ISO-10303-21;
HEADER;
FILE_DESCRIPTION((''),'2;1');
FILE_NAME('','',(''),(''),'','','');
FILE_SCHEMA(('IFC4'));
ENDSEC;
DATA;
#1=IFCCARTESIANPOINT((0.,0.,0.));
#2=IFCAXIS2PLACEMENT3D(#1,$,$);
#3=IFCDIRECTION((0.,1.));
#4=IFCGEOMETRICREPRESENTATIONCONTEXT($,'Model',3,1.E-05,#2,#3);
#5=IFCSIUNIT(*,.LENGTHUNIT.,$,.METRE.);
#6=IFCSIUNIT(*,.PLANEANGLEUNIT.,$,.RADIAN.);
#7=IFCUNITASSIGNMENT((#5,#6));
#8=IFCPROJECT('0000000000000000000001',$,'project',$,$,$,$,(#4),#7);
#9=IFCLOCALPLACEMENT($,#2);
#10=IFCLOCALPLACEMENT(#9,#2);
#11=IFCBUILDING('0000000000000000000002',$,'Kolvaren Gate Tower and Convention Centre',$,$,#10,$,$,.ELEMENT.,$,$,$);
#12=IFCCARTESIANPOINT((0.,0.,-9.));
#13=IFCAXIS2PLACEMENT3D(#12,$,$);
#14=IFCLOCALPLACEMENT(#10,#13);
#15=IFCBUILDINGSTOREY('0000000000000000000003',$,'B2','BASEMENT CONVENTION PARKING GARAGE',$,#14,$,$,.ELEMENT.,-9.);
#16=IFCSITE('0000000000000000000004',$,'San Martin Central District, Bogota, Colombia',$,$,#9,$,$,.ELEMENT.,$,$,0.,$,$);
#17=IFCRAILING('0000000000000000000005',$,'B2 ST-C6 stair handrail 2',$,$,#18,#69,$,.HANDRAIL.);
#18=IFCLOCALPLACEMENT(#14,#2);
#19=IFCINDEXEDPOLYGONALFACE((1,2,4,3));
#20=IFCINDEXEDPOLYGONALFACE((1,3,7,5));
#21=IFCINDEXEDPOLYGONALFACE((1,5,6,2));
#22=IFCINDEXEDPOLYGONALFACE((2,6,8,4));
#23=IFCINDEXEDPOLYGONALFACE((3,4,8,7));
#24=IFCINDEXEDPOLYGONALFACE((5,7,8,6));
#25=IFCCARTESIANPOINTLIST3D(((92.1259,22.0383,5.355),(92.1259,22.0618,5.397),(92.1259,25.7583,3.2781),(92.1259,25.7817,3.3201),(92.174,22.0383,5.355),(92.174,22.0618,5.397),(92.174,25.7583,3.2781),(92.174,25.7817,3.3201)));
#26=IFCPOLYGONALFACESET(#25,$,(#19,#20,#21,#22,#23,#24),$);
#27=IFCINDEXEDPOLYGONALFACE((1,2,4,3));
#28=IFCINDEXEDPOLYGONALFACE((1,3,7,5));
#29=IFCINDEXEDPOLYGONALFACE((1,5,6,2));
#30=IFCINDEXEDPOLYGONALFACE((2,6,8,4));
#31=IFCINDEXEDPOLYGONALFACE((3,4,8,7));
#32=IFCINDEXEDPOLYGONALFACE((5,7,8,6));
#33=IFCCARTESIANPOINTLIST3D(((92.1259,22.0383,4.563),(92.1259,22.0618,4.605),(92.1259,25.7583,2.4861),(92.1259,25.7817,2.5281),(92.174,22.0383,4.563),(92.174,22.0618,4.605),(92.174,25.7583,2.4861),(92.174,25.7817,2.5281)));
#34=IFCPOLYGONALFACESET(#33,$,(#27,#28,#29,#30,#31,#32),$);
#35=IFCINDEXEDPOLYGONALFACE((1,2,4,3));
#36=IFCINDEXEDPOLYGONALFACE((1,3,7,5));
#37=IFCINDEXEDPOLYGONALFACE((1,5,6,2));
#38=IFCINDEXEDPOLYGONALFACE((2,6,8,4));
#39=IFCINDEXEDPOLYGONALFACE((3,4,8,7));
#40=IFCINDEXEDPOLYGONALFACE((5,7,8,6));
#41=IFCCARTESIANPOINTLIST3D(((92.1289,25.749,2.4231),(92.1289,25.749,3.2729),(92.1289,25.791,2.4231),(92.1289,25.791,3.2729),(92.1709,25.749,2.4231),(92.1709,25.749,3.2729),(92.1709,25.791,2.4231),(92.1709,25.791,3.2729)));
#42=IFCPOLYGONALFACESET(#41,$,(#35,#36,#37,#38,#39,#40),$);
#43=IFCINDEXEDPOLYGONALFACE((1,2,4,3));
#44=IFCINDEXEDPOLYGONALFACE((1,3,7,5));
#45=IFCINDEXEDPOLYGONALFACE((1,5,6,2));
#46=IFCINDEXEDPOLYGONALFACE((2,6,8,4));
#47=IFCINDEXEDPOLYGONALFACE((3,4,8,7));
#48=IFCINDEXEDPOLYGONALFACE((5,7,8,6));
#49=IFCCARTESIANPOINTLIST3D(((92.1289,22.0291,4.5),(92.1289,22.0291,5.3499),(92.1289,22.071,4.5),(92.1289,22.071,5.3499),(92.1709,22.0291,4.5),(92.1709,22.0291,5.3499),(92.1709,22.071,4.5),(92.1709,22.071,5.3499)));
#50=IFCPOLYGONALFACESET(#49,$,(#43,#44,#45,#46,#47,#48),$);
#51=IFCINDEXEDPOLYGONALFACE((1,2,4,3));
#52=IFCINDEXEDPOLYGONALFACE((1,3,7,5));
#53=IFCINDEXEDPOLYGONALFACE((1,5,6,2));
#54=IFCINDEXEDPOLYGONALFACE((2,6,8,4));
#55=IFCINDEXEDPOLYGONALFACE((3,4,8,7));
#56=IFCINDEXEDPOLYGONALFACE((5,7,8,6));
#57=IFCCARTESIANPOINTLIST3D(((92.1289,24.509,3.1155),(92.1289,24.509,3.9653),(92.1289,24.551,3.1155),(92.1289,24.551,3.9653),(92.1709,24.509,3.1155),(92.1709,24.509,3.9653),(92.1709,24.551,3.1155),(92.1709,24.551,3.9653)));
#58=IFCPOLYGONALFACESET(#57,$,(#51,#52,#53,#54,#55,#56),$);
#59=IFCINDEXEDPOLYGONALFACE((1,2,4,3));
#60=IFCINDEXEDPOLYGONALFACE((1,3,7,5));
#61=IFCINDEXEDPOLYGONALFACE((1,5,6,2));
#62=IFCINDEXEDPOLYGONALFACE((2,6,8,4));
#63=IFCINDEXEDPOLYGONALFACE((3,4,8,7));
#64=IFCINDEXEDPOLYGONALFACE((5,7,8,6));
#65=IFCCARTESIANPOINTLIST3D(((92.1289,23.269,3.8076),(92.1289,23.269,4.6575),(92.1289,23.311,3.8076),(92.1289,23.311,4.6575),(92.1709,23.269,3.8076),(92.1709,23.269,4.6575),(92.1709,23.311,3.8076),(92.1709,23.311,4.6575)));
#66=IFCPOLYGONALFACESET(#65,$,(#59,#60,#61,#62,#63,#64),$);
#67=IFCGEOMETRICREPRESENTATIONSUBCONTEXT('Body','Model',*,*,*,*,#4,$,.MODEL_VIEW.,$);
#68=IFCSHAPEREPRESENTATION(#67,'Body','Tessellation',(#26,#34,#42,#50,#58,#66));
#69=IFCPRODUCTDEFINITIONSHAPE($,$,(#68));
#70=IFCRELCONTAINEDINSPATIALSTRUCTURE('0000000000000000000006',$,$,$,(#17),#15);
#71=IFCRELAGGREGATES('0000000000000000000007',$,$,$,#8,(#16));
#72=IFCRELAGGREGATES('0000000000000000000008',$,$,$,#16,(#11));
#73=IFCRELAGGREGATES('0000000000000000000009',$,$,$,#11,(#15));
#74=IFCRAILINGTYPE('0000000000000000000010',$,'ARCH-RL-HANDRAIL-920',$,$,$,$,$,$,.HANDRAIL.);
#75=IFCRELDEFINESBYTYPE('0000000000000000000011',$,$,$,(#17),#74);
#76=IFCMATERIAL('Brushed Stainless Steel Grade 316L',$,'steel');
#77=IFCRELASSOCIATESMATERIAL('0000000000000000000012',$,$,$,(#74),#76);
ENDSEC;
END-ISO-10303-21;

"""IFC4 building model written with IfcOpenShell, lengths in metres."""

from ifc_helpers import new_model, si_unit, direction, frame, origin, origin_2d, place, context, subcontext, project, spatial, rectangle, extrude, material, type_object, element, save


model = new_model("IFC4")

# Units and contexts
model_context = context("Model", 3, precision=1e-05, world=origin(), true_north=direction((0.0, 1.0)))
body_context = subcontext(model_context, "Body", "Model", "MODEL_VIEW")
ifc_project = project(units=[si_unit("LENGTHUNIT", "METRE"), si_unit("PLANEANGLEUNIT", "RADIAN")], contexts=[model_context])

# Site, building, storey
site_placement = place(None, origin())
site = spatial("IfcSite", under=ifc_project, at=site_placement, Name="San Martin Central District, Bogota, Colombia", CompositionType="ELEMENT", RefElevation=0.0)
building_placement = place(site_placement, origin())
building = spatial("IfcBuilding", under=site, at=building_placement, Name="Kolvaren Gate Tower and Convention Centre", CompositionType="ELEMENT")
storey_placement = place(building_placement, frame((0.0, 0.0, -9.0)))
storey = spatial("IfcBuildingStorey", under=building, at=storey_placement, Name="B2", Description="BASEMENT CONVENTION PARKING GARAGE", CompositionType="ELEMENT", Elevation=-9.0)

# Railing
ifc_material_1 = material(Name="Brushed Stainless Steel Grade 316L", Category="steel")
railing_type_1 = type_object("IfcRailingType", Name="ARCH-RL-HANDRAIL-920", PredefinedType="HANDRAIL", material=ifc_material_1)
for number, where, name in (
    (1, (92.1499, 25.77, 2.4231), "B2 ST-C6 stair handrail 2"),
):
    element("IfcRailing", number, at=place(storey_placement, frame(where)), inside=storey, type_object=railing_type_1, Name=name, PredefinedType="HANDRAIL", context=body_context, shape_type="SweptSolid", body=[
        extrude(rectangle(XDim=0.0481, YDim=0.0481, at=origin_2d()), frame((0.0, 0.0, 0.876), z_axis=(0.0, -0.873134, 0.487481), x_axis=(1.0, 0.0, 0.0)), (0.0, 0.0, 1.0), 4.2605),
        extrude(rectangle(XDim=0.0481, YDim=0.0481, at=origin_2d()), frame((0.0, 0.0, 0.084), z_axis=(0.0, -0.873134, 0.487481), x_axis=(1.0, 0.0, 0.0)), (0.0, 0.0, 1.0), 4.2605),
        extrude(rectangle(XDim=0.042, YDim=0.042, at=origin_2d()), origin(), (0.0, 0.0, 1.0), 0.8499),
        extrude(rectangle(XDim=0.042, YDim=0.042, at=origin_2d()), frame((0.0, -3.72, 2.0769)), (0.0, 0.0, 1.0), 0.8499),
        extrude(rectangle(XDim=0.042, YDim=0.042, at=origin_2d()), frame((0.0, -1.24, 0.6924)), (0.0, 0.0, 1.0), 0.8499),
        extrude(rectangle(XDim=0.042, YDim=0.042, at=origin_2d()), frame((0.0, -2.48, 1.3845)), (0.0, 0.0, 1.0), 0.8499),
    ])

save(model, "model.ifc")
